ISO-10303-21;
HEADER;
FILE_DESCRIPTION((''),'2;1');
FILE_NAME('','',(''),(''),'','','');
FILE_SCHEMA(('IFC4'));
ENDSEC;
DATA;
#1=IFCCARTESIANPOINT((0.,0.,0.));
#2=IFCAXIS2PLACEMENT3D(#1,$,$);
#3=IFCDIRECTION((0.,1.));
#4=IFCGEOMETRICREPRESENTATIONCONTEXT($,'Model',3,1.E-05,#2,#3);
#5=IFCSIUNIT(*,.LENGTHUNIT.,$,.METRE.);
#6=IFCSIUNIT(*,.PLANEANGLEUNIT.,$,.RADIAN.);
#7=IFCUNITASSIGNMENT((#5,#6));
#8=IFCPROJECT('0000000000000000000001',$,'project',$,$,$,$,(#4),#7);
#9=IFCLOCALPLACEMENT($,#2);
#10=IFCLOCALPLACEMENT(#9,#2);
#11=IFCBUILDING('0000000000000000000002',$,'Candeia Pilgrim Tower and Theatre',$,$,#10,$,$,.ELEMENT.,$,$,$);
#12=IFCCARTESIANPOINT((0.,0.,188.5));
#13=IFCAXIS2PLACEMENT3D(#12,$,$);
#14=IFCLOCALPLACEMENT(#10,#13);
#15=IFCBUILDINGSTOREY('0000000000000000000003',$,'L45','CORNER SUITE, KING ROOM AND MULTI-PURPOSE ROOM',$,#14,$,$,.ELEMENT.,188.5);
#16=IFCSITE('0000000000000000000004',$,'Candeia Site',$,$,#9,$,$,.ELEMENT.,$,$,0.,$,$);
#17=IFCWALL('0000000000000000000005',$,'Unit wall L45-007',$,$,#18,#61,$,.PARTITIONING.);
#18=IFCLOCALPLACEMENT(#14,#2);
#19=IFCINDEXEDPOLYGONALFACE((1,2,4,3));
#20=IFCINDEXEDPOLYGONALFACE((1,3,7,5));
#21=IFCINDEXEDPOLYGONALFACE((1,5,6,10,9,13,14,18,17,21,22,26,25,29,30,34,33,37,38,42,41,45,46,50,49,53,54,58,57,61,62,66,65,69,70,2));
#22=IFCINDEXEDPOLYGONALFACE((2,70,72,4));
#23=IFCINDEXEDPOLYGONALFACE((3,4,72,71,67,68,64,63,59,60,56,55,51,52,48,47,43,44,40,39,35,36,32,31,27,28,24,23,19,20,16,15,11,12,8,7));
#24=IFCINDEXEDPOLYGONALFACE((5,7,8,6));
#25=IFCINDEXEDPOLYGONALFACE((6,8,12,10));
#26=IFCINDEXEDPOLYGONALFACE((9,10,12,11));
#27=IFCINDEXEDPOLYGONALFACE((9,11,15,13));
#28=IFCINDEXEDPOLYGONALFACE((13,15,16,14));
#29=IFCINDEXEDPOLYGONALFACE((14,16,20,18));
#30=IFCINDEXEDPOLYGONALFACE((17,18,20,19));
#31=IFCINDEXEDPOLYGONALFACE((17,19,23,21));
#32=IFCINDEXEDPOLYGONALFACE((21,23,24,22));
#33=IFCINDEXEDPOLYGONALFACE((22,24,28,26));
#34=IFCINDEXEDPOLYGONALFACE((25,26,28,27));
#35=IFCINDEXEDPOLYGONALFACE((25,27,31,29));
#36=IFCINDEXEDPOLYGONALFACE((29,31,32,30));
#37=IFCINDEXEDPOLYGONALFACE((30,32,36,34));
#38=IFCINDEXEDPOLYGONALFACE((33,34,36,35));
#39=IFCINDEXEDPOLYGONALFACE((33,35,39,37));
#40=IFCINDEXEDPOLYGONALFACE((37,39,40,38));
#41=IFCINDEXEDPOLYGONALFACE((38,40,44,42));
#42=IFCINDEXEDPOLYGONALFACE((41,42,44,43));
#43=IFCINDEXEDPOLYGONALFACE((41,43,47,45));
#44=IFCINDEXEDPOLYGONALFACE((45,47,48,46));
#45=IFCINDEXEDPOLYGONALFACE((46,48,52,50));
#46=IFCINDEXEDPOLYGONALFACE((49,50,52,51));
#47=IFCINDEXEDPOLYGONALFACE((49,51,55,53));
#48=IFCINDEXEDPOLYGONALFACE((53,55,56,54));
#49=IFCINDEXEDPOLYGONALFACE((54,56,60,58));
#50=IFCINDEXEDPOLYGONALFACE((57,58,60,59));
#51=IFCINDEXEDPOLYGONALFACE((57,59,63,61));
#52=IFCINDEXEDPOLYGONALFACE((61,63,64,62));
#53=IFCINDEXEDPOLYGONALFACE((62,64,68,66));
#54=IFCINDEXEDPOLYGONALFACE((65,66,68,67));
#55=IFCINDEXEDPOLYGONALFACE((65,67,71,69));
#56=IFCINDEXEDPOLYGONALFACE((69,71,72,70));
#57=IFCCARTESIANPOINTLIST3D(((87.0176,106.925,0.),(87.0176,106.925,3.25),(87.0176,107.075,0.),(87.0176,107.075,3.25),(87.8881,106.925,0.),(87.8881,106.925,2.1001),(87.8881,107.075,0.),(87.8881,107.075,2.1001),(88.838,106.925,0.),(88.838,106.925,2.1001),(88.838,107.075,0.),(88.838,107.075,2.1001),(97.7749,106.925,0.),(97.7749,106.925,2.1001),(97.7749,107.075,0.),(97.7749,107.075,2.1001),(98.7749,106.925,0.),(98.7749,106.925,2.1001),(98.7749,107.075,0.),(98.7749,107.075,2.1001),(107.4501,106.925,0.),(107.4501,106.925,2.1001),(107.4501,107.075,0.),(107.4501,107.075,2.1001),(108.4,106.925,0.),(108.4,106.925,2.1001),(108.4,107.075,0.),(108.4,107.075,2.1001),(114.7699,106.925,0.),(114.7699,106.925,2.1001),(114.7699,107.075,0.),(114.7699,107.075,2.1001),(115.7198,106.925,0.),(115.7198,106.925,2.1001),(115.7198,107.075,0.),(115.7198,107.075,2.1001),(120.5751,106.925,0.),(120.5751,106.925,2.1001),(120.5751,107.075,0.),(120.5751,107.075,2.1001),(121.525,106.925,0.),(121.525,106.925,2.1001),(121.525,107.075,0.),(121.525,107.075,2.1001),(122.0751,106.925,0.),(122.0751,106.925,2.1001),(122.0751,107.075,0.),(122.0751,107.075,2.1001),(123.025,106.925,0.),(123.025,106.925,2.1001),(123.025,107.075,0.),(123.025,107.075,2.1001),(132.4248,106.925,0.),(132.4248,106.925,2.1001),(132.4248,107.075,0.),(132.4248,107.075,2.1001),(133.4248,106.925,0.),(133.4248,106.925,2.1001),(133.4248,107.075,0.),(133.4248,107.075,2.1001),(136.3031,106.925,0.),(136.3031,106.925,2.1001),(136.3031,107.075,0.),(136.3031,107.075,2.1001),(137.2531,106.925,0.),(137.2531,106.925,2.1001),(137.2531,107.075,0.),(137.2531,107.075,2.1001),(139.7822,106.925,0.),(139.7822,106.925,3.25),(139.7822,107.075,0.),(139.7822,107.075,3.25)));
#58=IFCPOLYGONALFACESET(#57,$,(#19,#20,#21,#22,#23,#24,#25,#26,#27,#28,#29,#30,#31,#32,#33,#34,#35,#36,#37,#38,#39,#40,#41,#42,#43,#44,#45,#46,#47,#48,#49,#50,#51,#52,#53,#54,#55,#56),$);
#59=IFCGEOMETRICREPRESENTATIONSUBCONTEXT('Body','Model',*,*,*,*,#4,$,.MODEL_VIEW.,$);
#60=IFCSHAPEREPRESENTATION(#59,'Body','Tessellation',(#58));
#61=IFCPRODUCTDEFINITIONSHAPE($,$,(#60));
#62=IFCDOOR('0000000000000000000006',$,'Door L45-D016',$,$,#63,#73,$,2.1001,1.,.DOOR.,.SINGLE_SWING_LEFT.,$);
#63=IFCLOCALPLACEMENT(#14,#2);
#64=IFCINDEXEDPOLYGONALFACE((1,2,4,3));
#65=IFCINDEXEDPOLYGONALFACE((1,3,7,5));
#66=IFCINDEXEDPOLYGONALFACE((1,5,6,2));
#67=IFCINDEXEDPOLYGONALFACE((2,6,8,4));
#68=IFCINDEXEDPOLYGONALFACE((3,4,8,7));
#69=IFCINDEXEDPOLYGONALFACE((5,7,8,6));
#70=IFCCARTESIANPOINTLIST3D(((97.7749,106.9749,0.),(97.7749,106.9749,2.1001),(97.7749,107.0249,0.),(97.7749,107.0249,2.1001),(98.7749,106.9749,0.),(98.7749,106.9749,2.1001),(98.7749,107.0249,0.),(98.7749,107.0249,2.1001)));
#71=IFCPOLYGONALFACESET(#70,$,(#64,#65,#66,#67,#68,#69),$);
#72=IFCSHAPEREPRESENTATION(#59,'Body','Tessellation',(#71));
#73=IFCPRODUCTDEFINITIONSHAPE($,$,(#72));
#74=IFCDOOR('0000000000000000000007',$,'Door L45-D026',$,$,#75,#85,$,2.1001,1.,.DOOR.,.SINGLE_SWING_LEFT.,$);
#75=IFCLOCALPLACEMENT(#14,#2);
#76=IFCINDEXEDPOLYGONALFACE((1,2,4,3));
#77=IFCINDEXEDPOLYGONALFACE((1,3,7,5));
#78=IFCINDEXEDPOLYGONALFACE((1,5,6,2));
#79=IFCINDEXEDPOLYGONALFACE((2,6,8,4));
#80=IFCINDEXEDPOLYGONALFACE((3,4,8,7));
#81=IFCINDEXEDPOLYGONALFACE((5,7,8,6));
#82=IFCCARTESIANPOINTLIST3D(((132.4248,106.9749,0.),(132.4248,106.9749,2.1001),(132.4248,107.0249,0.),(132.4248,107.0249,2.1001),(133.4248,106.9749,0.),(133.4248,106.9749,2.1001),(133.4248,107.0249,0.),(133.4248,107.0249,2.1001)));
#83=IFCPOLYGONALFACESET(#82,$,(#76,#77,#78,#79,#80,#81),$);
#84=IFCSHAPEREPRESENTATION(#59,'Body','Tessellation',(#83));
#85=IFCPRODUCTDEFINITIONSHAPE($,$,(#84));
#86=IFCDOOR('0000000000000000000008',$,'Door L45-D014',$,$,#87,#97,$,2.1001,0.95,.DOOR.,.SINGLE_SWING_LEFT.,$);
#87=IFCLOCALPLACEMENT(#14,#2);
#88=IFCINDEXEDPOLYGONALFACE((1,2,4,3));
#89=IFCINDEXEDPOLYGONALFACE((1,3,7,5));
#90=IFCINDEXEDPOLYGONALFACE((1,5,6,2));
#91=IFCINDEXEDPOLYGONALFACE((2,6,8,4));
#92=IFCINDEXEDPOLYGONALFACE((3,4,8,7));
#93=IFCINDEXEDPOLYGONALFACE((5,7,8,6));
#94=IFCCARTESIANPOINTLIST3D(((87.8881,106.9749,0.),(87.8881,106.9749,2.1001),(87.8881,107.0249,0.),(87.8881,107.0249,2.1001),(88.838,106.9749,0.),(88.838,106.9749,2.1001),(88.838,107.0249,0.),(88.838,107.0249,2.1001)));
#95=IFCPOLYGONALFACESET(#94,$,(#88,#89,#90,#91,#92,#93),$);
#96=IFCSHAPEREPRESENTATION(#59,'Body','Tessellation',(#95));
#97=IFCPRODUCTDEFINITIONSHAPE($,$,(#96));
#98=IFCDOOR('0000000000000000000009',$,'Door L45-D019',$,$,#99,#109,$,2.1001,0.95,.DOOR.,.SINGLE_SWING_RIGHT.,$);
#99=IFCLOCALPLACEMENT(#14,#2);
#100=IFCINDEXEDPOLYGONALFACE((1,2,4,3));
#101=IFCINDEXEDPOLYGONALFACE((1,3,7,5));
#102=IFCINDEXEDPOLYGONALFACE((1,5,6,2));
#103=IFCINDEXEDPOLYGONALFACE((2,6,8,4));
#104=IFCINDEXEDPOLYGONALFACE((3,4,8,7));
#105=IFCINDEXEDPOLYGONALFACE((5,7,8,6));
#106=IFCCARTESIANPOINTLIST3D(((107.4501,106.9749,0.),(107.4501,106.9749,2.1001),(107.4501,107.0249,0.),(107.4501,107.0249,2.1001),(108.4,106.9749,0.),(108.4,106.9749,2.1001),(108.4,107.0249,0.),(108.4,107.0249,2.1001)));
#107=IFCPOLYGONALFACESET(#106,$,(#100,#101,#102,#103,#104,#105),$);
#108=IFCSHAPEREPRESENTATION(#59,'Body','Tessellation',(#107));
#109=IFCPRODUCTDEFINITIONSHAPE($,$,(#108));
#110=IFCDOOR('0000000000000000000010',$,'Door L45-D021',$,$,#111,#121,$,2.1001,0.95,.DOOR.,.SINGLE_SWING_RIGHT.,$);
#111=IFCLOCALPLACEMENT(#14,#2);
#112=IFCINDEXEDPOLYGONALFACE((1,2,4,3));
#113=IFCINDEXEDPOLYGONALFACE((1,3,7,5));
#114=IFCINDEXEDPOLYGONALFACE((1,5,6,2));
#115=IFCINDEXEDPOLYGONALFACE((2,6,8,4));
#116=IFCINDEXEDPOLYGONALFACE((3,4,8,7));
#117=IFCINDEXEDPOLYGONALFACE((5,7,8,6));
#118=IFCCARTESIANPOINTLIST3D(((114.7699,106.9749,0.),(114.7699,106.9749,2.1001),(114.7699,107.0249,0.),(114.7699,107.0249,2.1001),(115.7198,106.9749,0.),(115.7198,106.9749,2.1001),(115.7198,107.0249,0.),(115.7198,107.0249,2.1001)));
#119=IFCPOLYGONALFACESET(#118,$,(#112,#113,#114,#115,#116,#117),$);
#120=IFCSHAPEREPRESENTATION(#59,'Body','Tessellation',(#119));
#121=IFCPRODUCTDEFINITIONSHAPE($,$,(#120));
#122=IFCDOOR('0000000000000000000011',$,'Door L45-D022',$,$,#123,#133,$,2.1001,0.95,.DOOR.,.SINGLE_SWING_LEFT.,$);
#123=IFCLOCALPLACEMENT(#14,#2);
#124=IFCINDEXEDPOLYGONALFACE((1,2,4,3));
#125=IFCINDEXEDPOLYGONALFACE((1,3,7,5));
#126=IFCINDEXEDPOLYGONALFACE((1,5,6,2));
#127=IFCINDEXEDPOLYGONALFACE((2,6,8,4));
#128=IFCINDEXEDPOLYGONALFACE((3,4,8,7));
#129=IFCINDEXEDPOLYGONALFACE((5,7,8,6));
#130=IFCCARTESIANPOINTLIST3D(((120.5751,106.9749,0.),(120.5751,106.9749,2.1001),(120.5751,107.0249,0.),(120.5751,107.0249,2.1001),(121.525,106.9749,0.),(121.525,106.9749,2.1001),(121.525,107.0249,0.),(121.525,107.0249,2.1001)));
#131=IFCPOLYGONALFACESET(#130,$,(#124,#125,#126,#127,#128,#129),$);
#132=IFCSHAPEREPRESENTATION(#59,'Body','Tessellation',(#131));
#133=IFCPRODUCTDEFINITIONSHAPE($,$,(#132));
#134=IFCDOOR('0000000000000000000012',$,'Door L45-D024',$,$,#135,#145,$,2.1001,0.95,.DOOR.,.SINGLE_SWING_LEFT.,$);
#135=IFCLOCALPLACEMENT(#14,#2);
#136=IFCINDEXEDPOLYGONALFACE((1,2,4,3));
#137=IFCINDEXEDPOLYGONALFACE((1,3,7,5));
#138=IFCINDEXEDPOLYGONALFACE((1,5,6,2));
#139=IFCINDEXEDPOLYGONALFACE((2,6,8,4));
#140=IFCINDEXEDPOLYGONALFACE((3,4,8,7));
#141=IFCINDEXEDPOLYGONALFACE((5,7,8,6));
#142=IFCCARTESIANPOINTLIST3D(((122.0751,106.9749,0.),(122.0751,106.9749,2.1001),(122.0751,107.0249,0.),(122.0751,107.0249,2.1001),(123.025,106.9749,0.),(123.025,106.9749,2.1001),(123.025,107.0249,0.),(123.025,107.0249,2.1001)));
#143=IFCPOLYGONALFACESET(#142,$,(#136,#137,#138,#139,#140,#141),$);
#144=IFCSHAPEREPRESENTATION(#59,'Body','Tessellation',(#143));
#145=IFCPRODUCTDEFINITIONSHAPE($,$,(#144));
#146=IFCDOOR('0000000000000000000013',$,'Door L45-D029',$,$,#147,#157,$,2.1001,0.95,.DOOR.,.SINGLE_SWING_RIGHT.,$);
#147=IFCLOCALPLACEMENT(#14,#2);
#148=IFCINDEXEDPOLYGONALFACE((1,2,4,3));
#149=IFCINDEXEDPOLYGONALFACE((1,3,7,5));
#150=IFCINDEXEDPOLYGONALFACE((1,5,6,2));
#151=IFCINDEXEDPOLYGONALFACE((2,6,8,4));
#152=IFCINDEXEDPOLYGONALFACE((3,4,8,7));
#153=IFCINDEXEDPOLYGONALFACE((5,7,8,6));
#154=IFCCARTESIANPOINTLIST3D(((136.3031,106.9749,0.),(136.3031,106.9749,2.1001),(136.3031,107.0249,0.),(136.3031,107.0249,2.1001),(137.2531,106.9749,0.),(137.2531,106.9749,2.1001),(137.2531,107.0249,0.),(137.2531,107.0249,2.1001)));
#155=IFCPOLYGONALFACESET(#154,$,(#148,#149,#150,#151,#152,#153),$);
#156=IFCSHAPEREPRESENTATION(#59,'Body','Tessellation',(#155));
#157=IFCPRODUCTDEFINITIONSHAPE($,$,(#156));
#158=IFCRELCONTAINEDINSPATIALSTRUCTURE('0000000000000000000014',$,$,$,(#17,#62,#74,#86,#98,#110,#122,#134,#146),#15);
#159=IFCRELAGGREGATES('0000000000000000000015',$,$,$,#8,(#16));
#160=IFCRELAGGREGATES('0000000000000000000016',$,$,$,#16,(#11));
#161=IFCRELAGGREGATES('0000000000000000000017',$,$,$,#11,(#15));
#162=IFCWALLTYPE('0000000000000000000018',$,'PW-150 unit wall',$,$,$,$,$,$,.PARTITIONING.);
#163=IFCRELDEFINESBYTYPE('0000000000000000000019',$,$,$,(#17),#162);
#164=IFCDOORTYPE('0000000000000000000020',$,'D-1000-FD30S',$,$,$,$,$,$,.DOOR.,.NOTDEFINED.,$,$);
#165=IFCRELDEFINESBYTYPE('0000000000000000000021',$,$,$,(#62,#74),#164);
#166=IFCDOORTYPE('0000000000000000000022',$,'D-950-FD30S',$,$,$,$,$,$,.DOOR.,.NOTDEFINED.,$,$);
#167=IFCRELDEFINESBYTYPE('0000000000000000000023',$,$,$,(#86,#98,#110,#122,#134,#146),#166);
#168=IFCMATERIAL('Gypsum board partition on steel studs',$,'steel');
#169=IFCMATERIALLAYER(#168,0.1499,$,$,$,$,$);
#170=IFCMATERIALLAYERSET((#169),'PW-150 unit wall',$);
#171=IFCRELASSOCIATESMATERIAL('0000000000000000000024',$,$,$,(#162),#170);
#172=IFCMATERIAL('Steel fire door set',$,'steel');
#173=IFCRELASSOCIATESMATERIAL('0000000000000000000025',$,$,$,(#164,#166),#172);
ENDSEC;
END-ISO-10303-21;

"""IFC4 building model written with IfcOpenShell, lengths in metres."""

from ifc_helpers import new_model, si_unit, direction, frame, frame_2d, origin, place, context, subcontext, project, spatial, rectangle, extrude, material, layer, layer_set, type_object, element, fill, save


model = new_model("IFC4")

# Units and contexts
model_context = context("Model", 3, precision=1e-05, world=origin(), true_north=direction((0.0, 1.0)))
body_context = subcontext(model_context, "Body", "Model", "MODEL_VIEW")
ifc_project = project(units=[si_unit("LENGTHUNIT", "METRE"), si_unit("PLANEANGLEUNIT", "RADIAN")], contexts=[model_context])

# Site, building, storey
site_placement = place(None, origin())
site = spatial("IfcSite", under=ifc_project, at=site_placement, Name="Candeia Site", CompositionType="ELEMENT", RefElevation=0.0)
building_placement = place(site_placement, origin())
building = spatial("IfcBuilding", under=site, at=building_placement, Name="Candeia Pilgrim Tower and Theatre", CompositionType="ELEMENT")
storey_placement = place(building_placement, frame((0.0, 0.0, 188.5)))
storey = spatial("IfcBuildingStorey", under=building, at=storey_placement, Name="L45", Description="CORNER SUITE, KING ROOM AND MULTI-PURPOSE ROOM", CompositionType="ELEMENT", Elevation=188.5)

# Shared definitions
ifc_material_1 = material(Name="Gypsum board partition on steel studs", Category="steel")

# Wall, openings, doors
ifc_layer_1 = layer(ifc_material_1, 0.1499)
ifc_layer_set_1 = layer_set([ifc_layer_1], Name="PW-150 unit wall")
wall_type_1 = type_object("IfcWallType", Name="PW-150 unit wall", PredefinedType="PARTITIONING", material=ifc_layer_set_1)
wall_1_placement = place(storey_placement, frame((87.0176, 107.0, 0.0), z_axis=(0.0, 0.0, 1.0), x_axis=(1.0, 0.0, 0.0)))
wall_1 = element("IfcWall", 1, at=wall_1_placement, inside=storey, type_object=wall_type_1, Name="Unit wall L45-007", PredefinedType="PARTITIONING", context=body_context, shape_type="SweptSolid", body=[
    extrude(rectangle(XDim=52.7646, YDim=0.1499, at=frame_2d((26.3823, 0.0))), origin(), (0.0, 0.0, 1.0), 3.25),
])
opening_1_placement = place(wall_1_placement, frame((0.8704, 0.0, 0.0)))
opening_1 = element("IfcOpeningElement", 2, at=opening_1_placement, cuts=wall_1, PredefinedType="OPENING", context=body_context, shape_type="SweptSolid", body=[
    extrude(rectangle(XDim=0.95, YDim=2.1001, at=frame_2d((0.4751, 1.05))), frame((0.0, 0.085, 0.0), z_axis=(0.0, -1.0, 0.0), x_axis=(1.0, 0.0, 0.0)), (0.0, 0.0, 1.0), 0.1699),
])
opening_2_placement = place(wall_1_placement, frame((10.7573, 0.0, 0.0)))
opening_2 = element("IfcOpeningElement", 3, at=opening_2_placement, cuts=wall_1, PredefinedType="OPENING", context=body_context, shape_type="SweptSolid", body=[
    extrude(rectangle(XDim=1.0, YDim=2.1001, at=frame_2d((0.5, 1.05))), frame((0.0, 0.085, 0.0), z_axis=(0.0, -1.0, 0.0), x_axis=(1.0, 0.0, 0.0)), (0.0, 0.0, 1.0), 0.1699),
])
opening_3_placement = place(wall_1_placement, frame((20.4324, 0.0, 0.0)))
opening_3 = element("IfcOpeningElement", 4, at=opening_3_placement, cuts=wall_1, PredefinedType="OPENING", context=body_context, shape_type="SweptSolid", body=[
    extrude(rectangle(XDim=0.95, YDim=2.1001, at=frame_2d((0.4751, 1.05))), frame((0.0, 0.085, 0.0), z_axis=(0.0, -1.0, 0.0), x_axis=(1.0, 0.0, 0.0)), (0.0, 0.0, 1.0), 0.1699),
])
opening_4_placement = place(wall_1_placement, frame((27.7522, 0.0, 0.0)))
opening_4 = element("IfcOpeningElement", 5, at=opening_4_placement, cuts=wall_1, PredefinedType="OPENING", context=body_context, shape_type="SweptSolid", body=[
    extrude(rectangle(XDim=0.95, YDim=2.1001, at=frame_2d((0.4751, 1.05))), frame((0.0, 0.085, 0.0), z_axis=(0.0, -1.0, 0.0), x_axis=(1.0, 0.0, 0.0)), (0.0, 0.0, 1.0), 0.1699),
])
opening_5_placement = place(wall_1_placement, frame((33.5574, 0.0, 0.0)))
opening_5 = element("IfcOpeningElement", 6, at=opening_5_placement, cuts=wall_1, PredefinedType="OPENING", context=body_context, shape_type="SweptSolid", body=[
    extrude(rectangle(XDim=0.95, YDim=2.1001, at=frame_2d((0.4751, 1.05))), frame((0.0, 0.085, 0.0), z_axis=(0.0, -1.0, 0.0), x_axis=(1.0, 0.0, 0.0)), (0.0, 0.0, 1.0), 0.1699),
])
opening_6_placement = place(wall_1_placement, frame((35.0574, 0.0, 0.0)))
opening_6 = element("IfcOpeningElement", 7, at=opening_6_placement, cuts=wall_1, PredefinedType="OPENING", context=body_context, shape_type="SweptSolid", body=[
    extrude(rectangle(XDim=0.95, YDim=2.1001, at=frame_2d((0.4751, 1.05))), frame((0.0, 0.085, 0.0), z_axis=(0.0, -1.0, 0.0), x_axis=(1.0, 0.0, 0.0)), (0.0, 0.0, 1.0), 0.1699),
])
opening_7_placement = place(wall_1_placement, frame((45.4072, 0.0, 0.0)))
opening_7 = element("IfcOpeningElement", 8, at=opening_7_placement, cuts=wall_1, PredefinedType="OPENING", context=body_context, shape_type="SweptSolid", body=[
    extrude(rectangle(XDim=1.0, YDim=2.1001, at=frame_2d((0.5, 1.05))), frame((0.0, 0.085, 0.0), z_axis=(0.0, -1.0, 0.0), x_axis=(1.0, 0.0, 0.0)), (0.0, 0.0, 1.0), 0.1699),
])
opening_8_placement = place(wall_1_placement, frame((49.2854, 0.0, 0.0)))
opening_8 = element("IfcOpeningElement", 9, at=opening_8_placement, cuts=wall_1, PredefinedType="OPENING", context=body_context, shape_type="SweptSolid", body=[
    extrude(rectangle(XDim=0.95, YDim=2.1001, at=frame_2d((0.4751, 1.05))), frame((0.0, 0.085, 0.0), z_axis=(0.0, -1.0, 0.0), x_axis=(1.0, 0.0, 0.0)), (0.0, 0.0, 1.0), 0.1699),
])
ifc_material_2 = material(Name="Steel fire door set", Category="steel")
door_type_1 = type_object("IfcDoorType", Name="D-1000-FD30S", OperationType="NOTDEFINED", PredefinedType="DOOR", material=ifc_material_2)
door_1_placement = place(opening_2_placement, origin())
door_1 = element("IfcDoor", 10, at=door_1_placement, inside=storey, type_object=door_type_1, Name="Door L45-D016", OperationType="SINGLE_SWING_LEFT", OverallHeight=2.1001, OverallWidth=1.0, PredefinedType="DOOR", context=body_context, shape_type="SweptSolid", body=[
    extrude(rectangle(XDim=1.0, YDim=2.1001, at=frame_2d((0.5, 1.05))), frame((0.0, 0.0249, 0.0), z_axis=(0.0, -1.0, 0.0), x_axis=(1.0, 0.0, 0.0)), (0.0, 0.0, 1.0), 0.05),
])
fill(opening_2, door_1)
door_2_placement = place(opening_7_placement, origin())
door_2 = element("IfcDoor", 11, at=door_2_placement, inside=storey, type_object=door_type_1, Name="Door L45-D026", OperationType="SINGLE_SWING_LEFT", OverallHeight=2.1001, OverallWidth=1.0, PredefinedType="DOOR", context=body_context, shape_type="SweptSolid", body=[
    extrude(rectangle(XDim=1.0, YDim=2.1001, at=frame_2d((0.5, 1.05))), frame((0.0, 0.0249, 0.0), z_axis=(0.0, -1.0, 0.0), x_axis=(1.0, 0.0, 0.0)), (0.0, 0.0, 1.0), 0.05),
])
fill(opening_7, door_2)
door_type_2 = type_object("IfcDoorType", Name="D-950-FD30S", OperationType="NOTDEFINED", PredefinedType="DOOR", material=ifc_material_2)
door_3_placement = place(opening_1_placement, origin())
door_3 = element("IfcDoor", 12, at=door_3_placement, inside=storey, type_object=door_type_2, Name="Door L45-D014", OperationType="SINGLE_SWING_LEFT", OverallHeight=2.1001, OverallWidth=0.95, PredefinedType="DOOR", context=body_context, shape_type="SweptSolid", body=[
    extrude(rectangle(XDim=0.95, YDim=2.1001, at=frame_2d((0.4751, 1.05))), frame((0.0, 0.0249, 0.0), z_axis=(0.0, -1.0, 0.0), x_axis=(1.0, 0.0, 0.0)), (0.0, 0.0, 1.0), 0.05),
])
fill(opening_1, door_3)
door_4_placement = place(opening_3_placement, origin())
door_4 = element("IfcDoor", 13, at=door_4_placement, inside=storey, type_object=door_type_2, Name="Door L45-D019", OperationType="SINGLE_SWING_RIGHT", OverallHeight=2.1001, OverallWidth=0.95, PredefinedType="DOOR", context=body_context, shape_type="SweptSolid", body=[
    extrude(rectangle(XDim=0.95, YDim=2.1001, at=frame_2d((0.4751, 1.05))), frame((0.0, 0.0249, 0.0), z_axis=(0.0, -1.0, 0.0), x_axis=(1.0, 0.0, 0.0)), (0.0, 0.0, 1.0), 0.05),
])
fill(opening_3, door_4)
door_5_placement = place(opening_4_placement, origin())
door_5 = element("IfcDoor", 14, at=door_5_placement, inside=storey, type_object=door_type_2, Name="Door L45-D021", OperationType="SINGLE_SWING_RIGHT", OverallHeight=2.1001, OverallWidth=0.95, PredefinedType="DOOR", context=body_context, shape_type="SweptSolid", body=[
    extrude(rectangle(XDim=0.95, YDim=2.1001, at=frame_2d((0.4751, 1.05))), frame((0.0, 0.0249, 0.0), z_axis=(0.0, -1.0, 0.0), x_axis=(1.0, 0.0, 0.0)), (0.0, 0.0, 1.0), 0.05),
])
fill(opening_4, door_5)
door_6_placement = place(opening_5_placement, origin())
door_6 = element("IfcDoor", 15, at=door_6_placement, inside=storey, type_object=door_type_2, Name="Door L45-D022", OperationType="SINGLE_SWING_LEFT", OverallHeight=2.1001, OverallWidth=0.95, PredefinedType="DOOR", context=body_context, shape_type="SweptSolid", body=[
    extrude(rectangle(XDim=0.95, YDim=2.1001, at=frame_2d((0.4751, 1.05))), frame((0.0, 0.0249, 0.0), z_axis=(0.0, -1.0, 0.0), x_axis=(1.0, 0.0, 0.0)), (0.0, 0.0, 1.0), 0.05),
])
fill(opening_5, door_6)
door_7_placement = place(opening_6_placement, origin())
door_7 = element("IfcDoor", 16, at=door_7_placement, inside=storey, type_object=door_type_2, Name="Door L45-D024", OperationType="SINGLE_SWING_LEFT", OverallHeight=2.1001, OverallWidth=0.95, PredefinedType="DOOR", context=body_context, shape_type="SweptSolid", body=[
    extrude(rectangle(XDim=0.95, YDim=2.1001, at=frame_2d((0.4751, 1.05))), frame((0.0, 0.0249, 0.0), z_axis=(0.0, -1.0, 0.0), x_axis=(1.0, 0.0, 0.0)), (0.0, 0.0, 1.0), 0.05),
])
fill(opening_6, door_7)
door_8_placement = place(opening_8_placement, origin())
door_8 = element("IfcDoor", 17, at=door_8_placement, inside=storey, type_object=door_type_2, Name="Door L45-D029", OperationType="SINGLE_SWING_RIGHT", OverallHeight=2.1001, OverallWidth=0.95, PredefinedType="DOOR", context=body_context, shape_type="SweptSolid", body=[
    extrude(rectangle(XDim=0.95, YDim=2.1001, at=frame_2d((0.4751, 1.05))), frame((0.0, 0.0249, 0.0), z_axis=(0.0, -1.0, 0.0), x_axis=(1.0, 0.0, 0.0)), (0.0, 0.0, 1.0), 0.05),
])
fill(opening_8, door_8)

save(model, "model.ifc")
